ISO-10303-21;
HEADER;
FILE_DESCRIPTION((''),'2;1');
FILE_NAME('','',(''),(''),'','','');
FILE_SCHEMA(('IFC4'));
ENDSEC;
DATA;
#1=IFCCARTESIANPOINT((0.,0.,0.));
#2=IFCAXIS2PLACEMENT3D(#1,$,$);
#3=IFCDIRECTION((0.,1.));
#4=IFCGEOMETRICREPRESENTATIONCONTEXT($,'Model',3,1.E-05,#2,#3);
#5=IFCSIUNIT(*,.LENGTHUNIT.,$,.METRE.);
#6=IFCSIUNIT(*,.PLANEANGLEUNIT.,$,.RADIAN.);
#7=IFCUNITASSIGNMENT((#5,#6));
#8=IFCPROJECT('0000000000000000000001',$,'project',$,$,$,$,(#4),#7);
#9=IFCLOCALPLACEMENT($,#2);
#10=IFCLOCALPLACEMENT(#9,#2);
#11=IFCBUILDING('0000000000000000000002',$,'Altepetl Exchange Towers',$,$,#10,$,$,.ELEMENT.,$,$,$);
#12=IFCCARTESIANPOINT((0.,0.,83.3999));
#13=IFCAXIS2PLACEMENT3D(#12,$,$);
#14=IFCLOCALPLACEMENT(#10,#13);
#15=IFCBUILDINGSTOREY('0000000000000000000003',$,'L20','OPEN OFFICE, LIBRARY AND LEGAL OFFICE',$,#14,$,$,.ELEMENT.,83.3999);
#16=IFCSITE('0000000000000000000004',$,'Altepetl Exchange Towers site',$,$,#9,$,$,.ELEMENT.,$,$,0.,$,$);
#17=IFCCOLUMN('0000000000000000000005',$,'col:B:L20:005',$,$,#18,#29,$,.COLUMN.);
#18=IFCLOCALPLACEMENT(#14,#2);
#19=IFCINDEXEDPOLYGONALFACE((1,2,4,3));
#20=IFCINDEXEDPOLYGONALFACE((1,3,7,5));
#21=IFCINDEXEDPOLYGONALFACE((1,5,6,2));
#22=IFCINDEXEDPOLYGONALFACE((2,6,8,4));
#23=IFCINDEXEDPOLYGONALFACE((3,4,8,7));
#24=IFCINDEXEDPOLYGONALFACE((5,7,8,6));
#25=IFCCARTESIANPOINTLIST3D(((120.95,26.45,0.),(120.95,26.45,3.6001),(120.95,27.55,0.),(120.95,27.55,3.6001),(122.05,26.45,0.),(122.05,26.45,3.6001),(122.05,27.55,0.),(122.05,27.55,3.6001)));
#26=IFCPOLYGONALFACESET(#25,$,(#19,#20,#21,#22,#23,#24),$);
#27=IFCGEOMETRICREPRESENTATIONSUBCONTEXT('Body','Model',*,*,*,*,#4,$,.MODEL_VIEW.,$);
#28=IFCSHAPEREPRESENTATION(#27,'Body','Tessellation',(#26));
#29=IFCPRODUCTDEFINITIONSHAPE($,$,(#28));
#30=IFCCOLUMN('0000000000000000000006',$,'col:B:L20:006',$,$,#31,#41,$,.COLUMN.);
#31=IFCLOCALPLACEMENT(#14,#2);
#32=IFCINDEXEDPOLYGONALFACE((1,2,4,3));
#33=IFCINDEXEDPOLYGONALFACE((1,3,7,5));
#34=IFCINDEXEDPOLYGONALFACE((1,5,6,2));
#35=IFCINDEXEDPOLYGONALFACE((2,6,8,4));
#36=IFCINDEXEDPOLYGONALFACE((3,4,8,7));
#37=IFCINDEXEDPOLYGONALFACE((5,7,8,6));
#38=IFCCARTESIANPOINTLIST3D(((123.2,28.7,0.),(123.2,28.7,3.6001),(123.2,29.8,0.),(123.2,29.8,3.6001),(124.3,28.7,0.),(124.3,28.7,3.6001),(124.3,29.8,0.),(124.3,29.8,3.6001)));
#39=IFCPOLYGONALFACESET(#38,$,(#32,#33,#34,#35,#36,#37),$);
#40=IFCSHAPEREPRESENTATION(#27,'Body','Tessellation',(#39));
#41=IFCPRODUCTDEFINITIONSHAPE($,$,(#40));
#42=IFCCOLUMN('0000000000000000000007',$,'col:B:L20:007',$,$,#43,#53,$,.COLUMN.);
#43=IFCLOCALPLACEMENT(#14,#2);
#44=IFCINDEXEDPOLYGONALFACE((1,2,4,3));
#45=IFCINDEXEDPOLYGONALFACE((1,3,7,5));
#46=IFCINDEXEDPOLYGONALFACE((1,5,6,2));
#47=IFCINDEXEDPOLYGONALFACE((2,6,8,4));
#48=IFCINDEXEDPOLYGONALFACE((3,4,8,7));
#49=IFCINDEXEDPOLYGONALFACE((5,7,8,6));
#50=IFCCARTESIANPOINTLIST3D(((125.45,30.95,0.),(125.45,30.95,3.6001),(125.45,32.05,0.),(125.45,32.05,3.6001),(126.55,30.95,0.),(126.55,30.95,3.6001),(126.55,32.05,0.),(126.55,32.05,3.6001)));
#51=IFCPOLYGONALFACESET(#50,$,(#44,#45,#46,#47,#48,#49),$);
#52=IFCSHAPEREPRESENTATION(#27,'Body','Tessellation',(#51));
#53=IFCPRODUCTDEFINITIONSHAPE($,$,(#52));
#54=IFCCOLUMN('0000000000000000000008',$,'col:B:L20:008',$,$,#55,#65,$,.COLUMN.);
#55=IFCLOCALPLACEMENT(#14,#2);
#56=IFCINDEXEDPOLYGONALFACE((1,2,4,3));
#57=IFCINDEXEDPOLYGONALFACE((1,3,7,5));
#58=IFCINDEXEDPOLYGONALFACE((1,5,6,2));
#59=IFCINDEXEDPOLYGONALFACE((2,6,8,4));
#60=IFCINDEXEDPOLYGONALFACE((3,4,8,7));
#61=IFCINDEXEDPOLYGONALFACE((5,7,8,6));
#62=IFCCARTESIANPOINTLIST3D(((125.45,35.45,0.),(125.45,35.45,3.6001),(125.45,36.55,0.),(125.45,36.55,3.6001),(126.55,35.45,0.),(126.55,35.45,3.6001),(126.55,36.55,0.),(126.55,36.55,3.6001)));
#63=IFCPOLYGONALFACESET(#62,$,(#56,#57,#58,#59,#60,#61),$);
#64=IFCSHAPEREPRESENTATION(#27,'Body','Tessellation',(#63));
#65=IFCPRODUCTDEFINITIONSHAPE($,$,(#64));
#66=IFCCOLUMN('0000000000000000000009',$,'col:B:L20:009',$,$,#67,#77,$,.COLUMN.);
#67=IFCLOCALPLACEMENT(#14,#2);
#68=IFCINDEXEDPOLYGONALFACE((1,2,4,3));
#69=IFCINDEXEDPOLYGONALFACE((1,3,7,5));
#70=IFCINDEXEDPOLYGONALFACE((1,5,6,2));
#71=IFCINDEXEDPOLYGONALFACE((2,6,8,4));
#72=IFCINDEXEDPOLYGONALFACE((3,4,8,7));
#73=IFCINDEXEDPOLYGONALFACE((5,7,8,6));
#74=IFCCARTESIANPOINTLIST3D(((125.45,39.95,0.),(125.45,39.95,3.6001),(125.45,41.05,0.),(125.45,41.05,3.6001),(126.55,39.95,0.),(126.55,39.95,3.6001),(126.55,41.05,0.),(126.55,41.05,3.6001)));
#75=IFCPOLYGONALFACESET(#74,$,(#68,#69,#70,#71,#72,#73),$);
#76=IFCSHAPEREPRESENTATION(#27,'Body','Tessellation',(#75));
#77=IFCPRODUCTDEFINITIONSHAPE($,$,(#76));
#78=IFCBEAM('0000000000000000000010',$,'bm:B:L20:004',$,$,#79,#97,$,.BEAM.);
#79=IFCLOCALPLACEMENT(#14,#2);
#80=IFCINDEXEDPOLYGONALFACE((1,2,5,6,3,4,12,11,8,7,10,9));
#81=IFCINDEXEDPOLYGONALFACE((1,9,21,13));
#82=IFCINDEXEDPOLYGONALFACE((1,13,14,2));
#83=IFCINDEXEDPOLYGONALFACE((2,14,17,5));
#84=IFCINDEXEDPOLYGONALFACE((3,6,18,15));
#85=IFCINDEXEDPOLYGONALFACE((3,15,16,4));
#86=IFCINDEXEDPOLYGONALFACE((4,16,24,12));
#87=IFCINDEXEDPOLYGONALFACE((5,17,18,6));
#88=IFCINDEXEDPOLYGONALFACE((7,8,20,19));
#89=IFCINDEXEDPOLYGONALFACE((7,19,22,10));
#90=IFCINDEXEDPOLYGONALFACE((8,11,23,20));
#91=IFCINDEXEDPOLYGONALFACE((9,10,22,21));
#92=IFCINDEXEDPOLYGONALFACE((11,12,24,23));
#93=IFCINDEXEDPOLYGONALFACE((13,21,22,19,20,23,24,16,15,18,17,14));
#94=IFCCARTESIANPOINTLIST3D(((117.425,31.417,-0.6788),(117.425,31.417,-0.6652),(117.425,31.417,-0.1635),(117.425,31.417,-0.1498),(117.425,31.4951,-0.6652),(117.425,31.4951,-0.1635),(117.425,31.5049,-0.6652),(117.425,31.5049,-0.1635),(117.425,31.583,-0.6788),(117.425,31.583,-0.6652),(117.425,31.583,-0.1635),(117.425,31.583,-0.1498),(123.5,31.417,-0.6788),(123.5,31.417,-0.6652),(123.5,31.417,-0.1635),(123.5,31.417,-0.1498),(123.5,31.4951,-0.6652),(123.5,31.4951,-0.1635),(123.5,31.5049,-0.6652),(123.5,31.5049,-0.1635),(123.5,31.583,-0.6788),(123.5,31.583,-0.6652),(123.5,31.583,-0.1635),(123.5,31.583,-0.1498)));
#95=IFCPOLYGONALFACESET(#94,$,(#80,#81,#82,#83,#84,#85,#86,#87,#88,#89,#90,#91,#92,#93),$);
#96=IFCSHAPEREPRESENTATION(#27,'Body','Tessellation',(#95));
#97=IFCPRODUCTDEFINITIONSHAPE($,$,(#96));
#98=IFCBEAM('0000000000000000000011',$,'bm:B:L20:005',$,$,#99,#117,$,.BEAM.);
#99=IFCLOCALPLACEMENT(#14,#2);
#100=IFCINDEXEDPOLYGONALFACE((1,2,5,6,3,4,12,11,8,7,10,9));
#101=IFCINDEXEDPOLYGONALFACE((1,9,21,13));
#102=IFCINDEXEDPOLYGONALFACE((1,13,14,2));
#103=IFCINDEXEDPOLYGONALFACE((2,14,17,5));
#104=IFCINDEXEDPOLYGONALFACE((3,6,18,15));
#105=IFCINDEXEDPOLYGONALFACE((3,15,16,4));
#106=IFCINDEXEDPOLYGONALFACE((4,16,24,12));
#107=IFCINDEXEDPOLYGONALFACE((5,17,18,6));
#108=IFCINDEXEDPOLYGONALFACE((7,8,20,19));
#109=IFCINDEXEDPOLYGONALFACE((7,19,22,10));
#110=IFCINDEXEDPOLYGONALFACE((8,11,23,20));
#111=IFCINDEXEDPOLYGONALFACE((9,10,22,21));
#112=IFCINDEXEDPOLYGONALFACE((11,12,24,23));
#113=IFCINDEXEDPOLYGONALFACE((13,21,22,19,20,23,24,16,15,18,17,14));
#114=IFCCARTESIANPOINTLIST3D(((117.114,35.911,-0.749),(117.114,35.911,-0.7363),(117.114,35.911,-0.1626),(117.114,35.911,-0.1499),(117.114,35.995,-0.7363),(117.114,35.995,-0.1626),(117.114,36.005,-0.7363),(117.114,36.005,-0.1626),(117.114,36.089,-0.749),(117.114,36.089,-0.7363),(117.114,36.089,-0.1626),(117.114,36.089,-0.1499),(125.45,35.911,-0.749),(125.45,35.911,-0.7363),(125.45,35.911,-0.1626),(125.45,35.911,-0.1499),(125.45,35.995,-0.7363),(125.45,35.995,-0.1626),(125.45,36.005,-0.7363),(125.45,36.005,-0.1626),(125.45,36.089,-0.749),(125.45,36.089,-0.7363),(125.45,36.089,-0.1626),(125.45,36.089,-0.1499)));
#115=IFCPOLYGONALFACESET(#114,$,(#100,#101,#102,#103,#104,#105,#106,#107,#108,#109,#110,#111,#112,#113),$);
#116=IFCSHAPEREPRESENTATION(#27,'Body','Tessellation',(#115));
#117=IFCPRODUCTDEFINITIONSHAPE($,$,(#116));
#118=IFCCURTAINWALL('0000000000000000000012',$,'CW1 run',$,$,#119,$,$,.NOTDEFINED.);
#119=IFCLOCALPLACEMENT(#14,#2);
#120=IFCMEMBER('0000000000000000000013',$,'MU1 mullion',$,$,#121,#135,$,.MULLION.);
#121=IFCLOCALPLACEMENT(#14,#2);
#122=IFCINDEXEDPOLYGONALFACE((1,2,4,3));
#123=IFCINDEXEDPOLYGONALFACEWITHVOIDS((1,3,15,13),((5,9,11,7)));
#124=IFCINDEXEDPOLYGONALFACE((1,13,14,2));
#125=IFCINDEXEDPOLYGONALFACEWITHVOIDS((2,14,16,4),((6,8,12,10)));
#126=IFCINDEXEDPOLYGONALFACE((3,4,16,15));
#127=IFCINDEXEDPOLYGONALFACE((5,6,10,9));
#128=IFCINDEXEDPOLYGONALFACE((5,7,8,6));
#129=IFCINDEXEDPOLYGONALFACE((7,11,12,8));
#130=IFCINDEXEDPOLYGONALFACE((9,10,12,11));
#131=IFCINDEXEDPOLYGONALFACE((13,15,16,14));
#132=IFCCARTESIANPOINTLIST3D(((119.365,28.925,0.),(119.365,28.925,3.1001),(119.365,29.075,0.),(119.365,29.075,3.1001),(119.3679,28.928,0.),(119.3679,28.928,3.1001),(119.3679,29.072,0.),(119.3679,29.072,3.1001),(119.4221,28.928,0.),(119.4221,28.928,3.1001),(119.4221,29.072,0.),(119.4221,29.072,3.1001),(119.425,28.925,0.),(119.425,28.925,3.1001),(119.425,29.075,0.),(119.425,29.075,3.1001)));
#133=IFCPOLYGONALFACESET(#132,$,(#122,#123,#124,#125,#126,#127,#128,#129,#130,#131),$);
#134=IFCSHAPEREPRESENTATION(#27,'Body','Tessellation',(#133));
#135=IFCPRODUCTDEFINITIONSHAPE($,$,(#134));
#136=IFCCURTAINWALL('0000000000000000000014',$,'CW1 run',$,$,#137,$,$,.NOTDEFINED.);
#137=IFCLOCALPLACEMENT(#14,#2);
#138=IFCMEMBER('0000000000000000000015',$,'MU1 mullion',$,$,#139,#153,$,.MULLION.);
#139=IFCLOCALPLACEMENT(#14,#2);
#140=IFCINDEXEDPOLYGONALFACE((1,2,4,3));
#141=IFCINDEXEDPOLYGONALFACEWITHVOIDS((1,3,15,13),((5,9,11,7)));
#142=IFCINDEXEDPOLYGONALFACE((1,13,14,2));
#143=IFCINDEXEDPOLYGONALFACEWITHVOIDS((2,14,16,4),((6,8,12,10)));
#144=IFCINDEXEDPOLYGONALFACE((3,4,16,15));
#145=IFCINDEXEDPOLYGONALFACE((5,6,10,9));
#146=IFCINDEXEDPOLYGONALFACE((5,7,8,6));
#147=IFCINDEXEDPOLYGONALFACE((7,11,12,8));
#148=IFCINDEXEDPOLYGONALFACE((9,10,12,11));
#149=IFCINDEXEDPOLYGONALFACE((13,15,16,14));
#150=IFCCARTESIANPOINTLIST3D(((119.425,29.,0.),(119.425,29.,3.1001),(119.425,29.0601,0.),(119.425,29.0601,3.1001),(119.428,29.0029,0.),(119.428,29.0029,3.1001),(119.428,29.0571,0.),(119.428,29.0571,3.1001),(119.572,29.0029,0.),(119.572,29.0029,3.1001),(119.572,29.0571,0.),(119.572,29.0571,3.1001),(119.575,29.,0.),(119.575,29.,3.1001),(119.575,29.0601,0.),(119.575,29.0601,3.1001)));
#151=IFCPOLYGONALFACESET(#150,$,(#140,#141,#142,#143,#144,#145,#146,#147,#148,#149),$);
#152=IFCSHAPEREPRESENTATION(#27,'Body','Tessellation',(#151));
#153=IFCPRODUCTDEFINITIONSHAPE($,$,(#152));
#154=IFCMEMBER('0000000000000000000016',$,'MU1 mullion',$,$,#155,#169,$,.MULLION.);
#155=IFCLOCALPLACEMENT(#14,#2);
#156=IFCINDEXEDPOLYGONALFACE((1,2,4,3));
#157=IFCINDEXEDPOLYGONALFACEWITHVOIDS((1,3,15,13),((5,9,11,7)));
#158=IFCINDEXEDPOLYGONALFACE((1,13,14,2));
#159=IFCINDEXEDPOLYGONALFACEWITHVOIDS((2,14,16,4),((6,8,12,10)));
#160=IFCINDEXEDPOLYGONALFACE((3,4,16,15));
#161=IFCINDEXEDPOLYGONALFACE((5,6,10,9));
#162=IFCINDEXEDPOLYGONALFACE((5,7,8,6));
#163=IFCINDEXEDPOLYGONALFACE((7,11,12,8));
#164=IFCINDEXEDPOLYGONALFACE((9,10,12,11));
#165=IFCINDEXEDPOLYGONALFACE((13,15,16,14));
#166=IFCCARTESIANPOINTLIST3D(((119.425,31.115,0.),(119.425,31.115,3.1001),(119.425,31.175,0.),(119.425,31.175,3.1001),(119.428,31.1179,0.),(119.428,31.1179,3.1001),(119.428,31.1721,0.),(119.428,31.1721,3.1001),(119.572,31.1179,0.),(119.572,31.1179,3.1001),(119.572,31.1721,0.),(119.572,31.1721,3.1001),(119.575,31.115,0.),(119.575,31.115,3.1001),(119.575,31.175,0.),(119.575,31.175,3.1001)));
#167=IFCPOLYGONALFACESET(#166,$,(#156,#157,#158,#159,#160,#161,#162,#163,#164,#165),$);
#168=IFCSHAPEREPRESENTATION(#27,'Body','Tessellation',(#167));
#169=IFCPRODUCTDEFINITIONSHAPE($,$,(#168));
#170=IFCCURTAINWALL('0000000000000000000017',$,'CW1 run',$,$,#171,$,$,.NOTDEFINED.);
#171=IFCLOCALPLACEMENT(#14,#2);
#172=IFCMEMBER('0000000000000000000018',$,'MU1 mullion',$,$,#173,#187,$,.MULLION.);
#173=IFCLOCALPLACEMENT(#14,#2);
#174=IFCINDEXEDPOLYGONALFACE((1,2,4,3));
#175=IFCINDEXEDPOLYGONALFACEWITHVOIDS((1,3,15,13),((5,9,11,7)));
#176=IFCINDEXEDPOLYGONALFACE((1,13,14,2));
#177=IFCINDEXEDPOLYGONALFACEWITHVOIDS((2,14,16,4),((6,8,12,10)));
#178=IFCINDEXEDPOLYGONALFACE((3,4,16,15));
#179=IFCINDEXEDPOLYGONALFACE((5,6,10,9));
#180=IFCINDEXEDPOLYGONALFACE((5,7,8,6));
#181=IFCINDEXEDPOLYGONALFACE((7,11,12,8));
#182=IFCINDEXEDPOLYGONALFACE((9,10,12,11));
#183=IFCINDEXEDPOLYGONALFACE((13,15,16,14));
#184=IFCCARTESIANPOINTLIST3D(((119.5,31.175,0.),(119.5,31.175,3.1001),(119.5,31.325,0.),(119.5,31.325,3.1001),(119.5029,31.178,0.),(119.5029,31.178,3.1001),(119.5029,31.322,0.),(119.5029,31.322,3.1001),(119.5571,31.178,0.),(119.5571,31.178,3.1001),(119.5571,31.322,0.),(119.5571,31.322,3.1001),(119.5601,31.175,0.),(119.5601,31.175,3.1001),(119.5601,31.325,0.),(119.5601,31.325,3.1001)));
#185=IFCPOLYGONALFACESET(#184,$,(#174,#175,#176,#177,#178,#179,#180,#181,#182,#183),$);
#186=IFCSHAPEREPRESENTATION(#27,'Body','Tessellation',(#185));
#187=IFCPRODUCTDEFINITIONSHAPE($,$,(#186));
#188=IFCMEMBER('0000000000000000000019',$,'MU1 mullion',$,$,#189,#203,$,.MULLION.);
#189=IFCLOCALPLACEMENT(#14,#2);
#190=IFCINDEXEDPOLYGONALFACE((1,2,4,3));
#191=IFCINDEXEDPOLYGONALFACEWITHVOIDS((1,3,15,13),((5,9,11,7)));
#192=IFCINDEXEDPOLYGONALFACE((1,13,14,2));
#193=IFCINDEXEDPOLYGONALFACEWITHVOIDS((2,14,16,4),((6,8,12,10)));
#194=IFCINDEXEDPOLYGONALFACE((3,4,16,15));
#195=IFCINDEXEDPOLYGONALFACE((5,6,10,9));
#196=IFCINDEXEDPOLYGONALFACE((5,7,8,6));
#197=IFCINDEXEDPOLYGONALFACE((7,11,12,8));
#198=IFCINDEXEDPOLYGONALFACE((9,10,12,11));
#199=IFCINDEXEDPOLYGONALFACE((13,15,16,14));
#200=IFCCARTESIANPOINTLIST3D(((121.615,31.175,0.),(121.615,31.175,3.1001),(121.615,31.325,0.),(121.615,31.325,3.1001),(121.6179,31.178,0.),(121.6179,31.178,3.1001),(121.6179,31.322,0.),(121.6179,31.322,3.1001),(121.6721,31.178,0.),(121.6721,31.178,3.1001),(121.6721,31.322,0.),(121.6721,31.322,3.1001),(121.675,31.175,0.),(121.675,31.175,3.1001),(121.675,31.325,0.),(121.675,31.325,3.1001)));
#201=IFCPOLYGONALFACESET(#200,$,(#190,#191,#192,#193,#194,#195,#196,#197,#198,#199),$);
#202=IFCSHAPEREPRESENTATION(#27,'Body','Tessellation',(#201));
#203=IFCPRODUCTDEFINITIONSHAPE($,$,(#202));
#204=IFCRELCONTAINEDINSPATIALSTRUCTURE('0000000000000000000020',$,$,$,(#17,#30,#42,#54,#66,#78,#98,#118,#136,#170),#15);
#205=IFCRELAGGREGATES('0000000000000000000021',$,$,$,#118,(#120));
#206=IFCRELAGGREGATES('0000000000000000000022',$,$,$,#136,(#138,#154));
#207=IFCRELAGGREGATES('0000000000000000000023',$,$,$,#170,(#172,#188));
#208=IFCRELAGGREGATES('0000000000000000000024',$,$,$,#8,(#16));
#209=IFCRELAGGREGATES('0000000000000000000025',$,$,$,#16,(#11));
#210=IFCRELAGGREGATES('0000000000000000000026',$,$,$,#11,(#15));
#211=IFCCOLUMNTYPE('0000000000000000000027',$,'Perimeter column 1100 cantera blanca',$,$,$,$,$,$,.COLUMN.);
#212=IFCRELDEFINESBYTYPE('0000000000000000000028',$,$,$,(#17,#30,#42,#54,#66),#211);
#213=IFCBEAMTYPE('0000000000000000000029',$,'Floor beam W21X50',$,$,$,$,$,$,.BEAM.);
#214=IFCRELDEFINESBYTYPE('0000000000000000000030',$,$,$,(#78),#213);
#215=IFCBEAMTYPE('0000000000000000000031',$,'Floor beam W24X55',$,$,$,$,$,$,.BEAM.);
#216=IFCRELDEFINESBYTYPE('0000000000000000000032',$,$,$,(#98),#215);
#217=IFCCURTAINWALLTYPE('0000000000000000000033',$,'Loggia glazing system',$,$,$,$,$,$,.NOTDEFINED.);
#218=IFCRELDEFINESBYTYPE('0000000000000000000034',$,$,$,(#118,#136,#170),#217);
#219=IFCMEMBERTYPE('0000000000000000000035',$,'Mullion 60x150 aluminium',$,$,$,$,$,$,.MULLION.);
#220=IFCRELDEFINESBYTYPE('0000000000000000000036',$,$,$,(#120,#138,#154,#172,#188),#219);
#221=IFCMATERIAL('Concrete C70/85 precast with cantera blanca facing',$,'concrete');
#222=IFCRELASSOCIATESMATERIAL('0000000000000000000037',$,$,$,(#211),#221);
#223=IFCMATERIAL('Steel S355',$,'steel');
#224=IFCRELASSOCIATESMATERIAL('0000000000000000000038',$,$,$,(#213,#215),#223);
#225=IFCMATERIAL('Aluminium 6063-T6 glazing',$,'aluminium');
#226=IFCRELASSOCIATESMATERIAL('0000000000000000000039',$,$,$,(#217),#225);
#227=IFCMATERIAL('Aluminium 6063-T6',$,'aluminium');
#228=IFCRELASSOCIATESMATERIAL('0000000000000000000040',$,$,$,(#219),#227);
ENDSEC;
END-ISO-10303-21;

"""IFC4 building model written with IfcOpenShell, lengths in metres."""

from ifc_helpers import new_model, si_unit, direction, frame, origin, origin_2d, place, context, subcontext, project, spatial, rectangle, hollow_rectangle, i_section, extrude, material, material_profile, profile_set, type_object, element, aggregate, save


model = new_model("IFC4")

# Units and contexts
model_context = context("Model", 3, precision=1e-05, world=origin(), true_north=direction((0.0, 1.0)))
body_context = subcontext(model_context, "Body", "Model", "MODEL_VIEW")
ifc_project = project(units=[si_unit("LENGTHUNIT", "METRE"), si_unit("PLANEANGLEUNIT", "RADIAN")], contexts=[model_context])

# Site, building, storey
site_placement = place(None, origin())
site = spatial("IfcSite", under=ifc_project, at=site_placement, Name="Altepetl Exchange Towers site", CompositionType="ELEMENT", RefElevation=0.0)
building_placement = place(site_placement, origin())
building = spatial("IfcBuilding", under=site, at=building_placement, Name="Altepetl Exchange Towers", CompositionType="ELEMENT")
storey_placement = place(building_placement, frame((0.0, 0.0, 83.3999)))
storey = spatial("IfcBuildingStorey", under=building, at=storey_placement, Name="L20", Description="OPEN OFFICE, LIBRARY AND LEGAL OFFICE", CompositionType="ELEMENT", Elevation=83.3999)

# Columns
ifc_material_1 = material(Name="Concrete C70/85 precast with cantera blanca facing", Category="concrete")
ifc_material_profile_1 = material_profile(ifc_material_1, rectangle(XDim=1.1001, YDim=1.1001, at=origin_2d()), Name="1100 x 1100")
ifc_profile_set_1 = profile_set([ifc_material_profile_1], Name="Concrete C70/85 precast with cantera blanca facing")
column_type = type_object("IfcColumnType", Name="Perimeter column 1100 cantera blanca", PredefinedType="COLUMN", material=ifc_profile_set_1)
for number, where, name in (
    (1, (121.5, 27.0, 0.0), "col:B:L20:005"),
    (2, (123.75, 29.25, 0.0), "col:B:L20:006"),
    (3, (126.0, 31.5, 0.0), "col:B:L20:007"),
    (4, (126.0, 36.0, 0.0), "col:B:L20:008"),
    (5, (126.0, 40.5, 0.0), "col:B:L20:009"),
):
    element("IfcColumn", number, at=place(storey_placement, frame(where)), inside=storey, type_object=column_type, Name=name, PredefinedType="COLUMN", context=body_context, shape_type="SweptSolid", body=[
        extrude(rectangle(XDim=1.1001, YDim=1.1001, at=origin_2d()), origin(), (0.0, 0.0, 1.0), 3.6001),
    ])

# Beams
ifc_material_2 = material(Name="Steel S355", Category="steel")
ifc_material_profile_2 = material_profile(ifc_material_2, i_section(OverallWidth=0.166, OverallDepth=0.5291, WebThickness=0.0098, FlangeThickness=0.0137, at=origin_2d()), Name="W21X50")
ifc_profile_set_2 = profile_set([ifc_material_profile_2], Name="Steel S355")
beam_type_1 = type_object("IfcBeamType", Name="Floor beam W21X50", PredefinedType="BEAM", material=ifc_profile_set_2)
beam_1_placement = place(storey_placement, frame((117.425, 31.5, -0.4143), z_axis=(1.0, 0.0, 0.0), x_axis=(0.0, 1.0, 0.0)))
element("IfcBeam", 6, at=beam_1_placement, inside=storey, type_object=beam_type_1, Name="bm:B:L20:004", PredefinedType="BEAM", context=body_context, shape_type="SweptSolid", body=[
    extrude(i_section(OverallWidth=0.166, OverallDepth=0.5291, WebThickness=0.0098, FlangeThickness=0.0137, at=origin_2d()), origin(), (0.0, 0.0, 1.0), 6.075),
])
ifc_material_profile_3 = material_profile(ifc_material_2, i_section(OverallWidth=0.178, OverallDepth=0.5991, WebThickness=0.01, FlangeThickness=0.0127, at=origin_2d()), Name="W24X55")
ifc_profile_set_3 = profile_set([ifc_material_profile_3], Name="Steel S355")
beam_type_2 = type_object("IfcBeamType", Name="Floor beam W24X55", PredefinedType="BEAM", material=ifc_profile_set_3)
beam_2_placement = place(storey_placement, frame((117.114, 36.0, -0.4495), z_axis=(1.0, 0.0, 0.0), x_axis=(0.0, 1.0, 0.0)))
element("IfcBeam", 7, at=beam_2_placement, inside=storey, type_object=beam_type_2, Name="bm:B:L20:005", PredefinedType="BEAM", context=body_context, shape_type="SweptSolid", body=[
    extrude(i_section(OverallWidth=0.178, OverallDepth=0.5991, WebThickness=0.01, FlangeThickness=0.0127, at=origin_2d()), origin(), (0.0, 0.0, 1.0), 8.3359),
])

# Curtain wall, member
ifc_material_3 = material(Name="Aluminium 6063-T6 glazing", Category="aluminium")
curtain_wall_type = type_object("IfcCurtainWallType", Name="Loggia glazing system", PredefinedType="NOTDEFINED", material=ifc_material_3)
curtain_wall_1_placement = place(storey_placement, origin())
curtain_wall_1 = element("IfcCurtainWall", 8, at=curtain_wall_1_placement, inside=storey, type_object=curtain_wall_type, Name="CW1 run", PredefinedType="NOTDEFINED")
ifc_material_4 = material(Name="Aluminium 6063-T6", Category="aluminium")
ifc_material_profile_4 = material_profile(ifc_material_4, hollow_rectangle(XDim=0.0601, YDim=0.1499, WallThickness=0.0029, at=origin_2d()), Name="Mullion 60x150 aluminium")
ifc_profile_set_4 = profile_set([ifc_material_profile_4], Name="Aluminium 6063-T6")
member_type = type_object("IfcMemberType", Name="Mullion 60x150 aluminium", PredefinedType="MULLION", material=ifc_profile_set_4)
member_1_placement = place(storey_placement, frame((119.395, 29.0, 0.0)))
member_1 = element("IfcMember", 9, at=member_1_placement, type_object=member_type, Name="MU1 mullion", PredefinedType="MULLION", context=body_context, shape_type="SweptSolid", body=[
    extrude(hollow_rectangle(XDim=0.0601, YDim=0.1499, WallThickness=0.0029, at=origin_2d()), origin(), (0.0, 0.0, 1.0), 3.1001),
])

# Curtain walls, members
curtain_wall_2_placement = place(storey_placement, origin())
curtain_wall_2 = element("IfcCurtainWall", 10, at=curtain_wall_2_placement, inside=storey, type_object=curtain_wall_type, Name="CW1 run", PredefinedType="NOTDEFINED")
member_2_placement = place(storey_placement, frame((119.5, 29.03, 0.0), z_axis=(0.0, 0.0, 1.0), x_axis=(0.0, 1.0, 0.0)))
member_2 = element("IfcMember", 11, at=member_2_placement, type_object=member_type, Name="MU1 mullion", PredefinedType="MULLION", context=body_context, shape_type="SweptSolid", body=[
    extrude(hollow_rectangle(XDim=0.0601, YDim=0.1499, WallThickness=0.0029, at=origin_2d()), origin(), (0.0, 0.0, 1.0), 3.1001),
])
member_3_placement = place(storey_placement, frame((119.5, 31.145, 0.0), z_axis=(0.0, 0.0, 1.0), x_axis=(0.0, 1.0, 0.0)))
member_3 = element("IfcMember", 12, at=member_3_placement, type_object=member_type, Name="MU1 mullion", PredefinedType="MULLION", context=body_context, shape_type="SweptSolid", body=[
    extrude(hollow_rectangle(XDim=0.0601, YDim=0.1499, WallThickness=0.0029, at=origin_2d()), origin(), (0.0, 0.0, 1.0), 3.1001),
])
curtain_wall_3_placement = place(storey_placement, origin())
curtain_wall_3 = element("IfcCurtainWall", 13, at=curtain_wall_3_placement, inside=storey, type_object=curtain_wall_type, Name="CW1 run", PredefinedType="NOTDEFINED")
member_4_placement = place(storey_placement, frame((119.53, 31.25, 0.0)))
member_4 = element("IfcMember", 14, at=member_4_placement, type_object=member_type, Name="MU1 mullion", PredefinedType="MULLION", context=body_context, shape_type="SweptSolid", body=[
    extrude(hollow_rectangle(XDim=0.0601, YDim=0.1499, WallThickness=0.0029, at=origin_2d()), origin(), (0.0, 0.0, 1.0), 3.1001),
])
member_5_placement = place(storey_placement, frame((121.645, 31.25, 0.0)))
member_5 = element("IfcMember", 15, at=member_5_placement, type_object=member_type, Name="MU1 mullion", PredefinedType="MULLION", context=body_context, shape_type="SweptSolid", body=[
    extrude(hollow_rectangle(XDim=0.0601, YDim=0.1499, WallThickness=0.0029, at=origin_2d()), origin(), (0.0, 0.0, 1.0), 3.1001),
])

aggregate(curtain_wall_1, [member_1])
aggregate(curtain_wall_2, [member_2, member_3])
aggregate(curtain_wall_3, [member_4, member_5])

save(model, "model.ifc")
